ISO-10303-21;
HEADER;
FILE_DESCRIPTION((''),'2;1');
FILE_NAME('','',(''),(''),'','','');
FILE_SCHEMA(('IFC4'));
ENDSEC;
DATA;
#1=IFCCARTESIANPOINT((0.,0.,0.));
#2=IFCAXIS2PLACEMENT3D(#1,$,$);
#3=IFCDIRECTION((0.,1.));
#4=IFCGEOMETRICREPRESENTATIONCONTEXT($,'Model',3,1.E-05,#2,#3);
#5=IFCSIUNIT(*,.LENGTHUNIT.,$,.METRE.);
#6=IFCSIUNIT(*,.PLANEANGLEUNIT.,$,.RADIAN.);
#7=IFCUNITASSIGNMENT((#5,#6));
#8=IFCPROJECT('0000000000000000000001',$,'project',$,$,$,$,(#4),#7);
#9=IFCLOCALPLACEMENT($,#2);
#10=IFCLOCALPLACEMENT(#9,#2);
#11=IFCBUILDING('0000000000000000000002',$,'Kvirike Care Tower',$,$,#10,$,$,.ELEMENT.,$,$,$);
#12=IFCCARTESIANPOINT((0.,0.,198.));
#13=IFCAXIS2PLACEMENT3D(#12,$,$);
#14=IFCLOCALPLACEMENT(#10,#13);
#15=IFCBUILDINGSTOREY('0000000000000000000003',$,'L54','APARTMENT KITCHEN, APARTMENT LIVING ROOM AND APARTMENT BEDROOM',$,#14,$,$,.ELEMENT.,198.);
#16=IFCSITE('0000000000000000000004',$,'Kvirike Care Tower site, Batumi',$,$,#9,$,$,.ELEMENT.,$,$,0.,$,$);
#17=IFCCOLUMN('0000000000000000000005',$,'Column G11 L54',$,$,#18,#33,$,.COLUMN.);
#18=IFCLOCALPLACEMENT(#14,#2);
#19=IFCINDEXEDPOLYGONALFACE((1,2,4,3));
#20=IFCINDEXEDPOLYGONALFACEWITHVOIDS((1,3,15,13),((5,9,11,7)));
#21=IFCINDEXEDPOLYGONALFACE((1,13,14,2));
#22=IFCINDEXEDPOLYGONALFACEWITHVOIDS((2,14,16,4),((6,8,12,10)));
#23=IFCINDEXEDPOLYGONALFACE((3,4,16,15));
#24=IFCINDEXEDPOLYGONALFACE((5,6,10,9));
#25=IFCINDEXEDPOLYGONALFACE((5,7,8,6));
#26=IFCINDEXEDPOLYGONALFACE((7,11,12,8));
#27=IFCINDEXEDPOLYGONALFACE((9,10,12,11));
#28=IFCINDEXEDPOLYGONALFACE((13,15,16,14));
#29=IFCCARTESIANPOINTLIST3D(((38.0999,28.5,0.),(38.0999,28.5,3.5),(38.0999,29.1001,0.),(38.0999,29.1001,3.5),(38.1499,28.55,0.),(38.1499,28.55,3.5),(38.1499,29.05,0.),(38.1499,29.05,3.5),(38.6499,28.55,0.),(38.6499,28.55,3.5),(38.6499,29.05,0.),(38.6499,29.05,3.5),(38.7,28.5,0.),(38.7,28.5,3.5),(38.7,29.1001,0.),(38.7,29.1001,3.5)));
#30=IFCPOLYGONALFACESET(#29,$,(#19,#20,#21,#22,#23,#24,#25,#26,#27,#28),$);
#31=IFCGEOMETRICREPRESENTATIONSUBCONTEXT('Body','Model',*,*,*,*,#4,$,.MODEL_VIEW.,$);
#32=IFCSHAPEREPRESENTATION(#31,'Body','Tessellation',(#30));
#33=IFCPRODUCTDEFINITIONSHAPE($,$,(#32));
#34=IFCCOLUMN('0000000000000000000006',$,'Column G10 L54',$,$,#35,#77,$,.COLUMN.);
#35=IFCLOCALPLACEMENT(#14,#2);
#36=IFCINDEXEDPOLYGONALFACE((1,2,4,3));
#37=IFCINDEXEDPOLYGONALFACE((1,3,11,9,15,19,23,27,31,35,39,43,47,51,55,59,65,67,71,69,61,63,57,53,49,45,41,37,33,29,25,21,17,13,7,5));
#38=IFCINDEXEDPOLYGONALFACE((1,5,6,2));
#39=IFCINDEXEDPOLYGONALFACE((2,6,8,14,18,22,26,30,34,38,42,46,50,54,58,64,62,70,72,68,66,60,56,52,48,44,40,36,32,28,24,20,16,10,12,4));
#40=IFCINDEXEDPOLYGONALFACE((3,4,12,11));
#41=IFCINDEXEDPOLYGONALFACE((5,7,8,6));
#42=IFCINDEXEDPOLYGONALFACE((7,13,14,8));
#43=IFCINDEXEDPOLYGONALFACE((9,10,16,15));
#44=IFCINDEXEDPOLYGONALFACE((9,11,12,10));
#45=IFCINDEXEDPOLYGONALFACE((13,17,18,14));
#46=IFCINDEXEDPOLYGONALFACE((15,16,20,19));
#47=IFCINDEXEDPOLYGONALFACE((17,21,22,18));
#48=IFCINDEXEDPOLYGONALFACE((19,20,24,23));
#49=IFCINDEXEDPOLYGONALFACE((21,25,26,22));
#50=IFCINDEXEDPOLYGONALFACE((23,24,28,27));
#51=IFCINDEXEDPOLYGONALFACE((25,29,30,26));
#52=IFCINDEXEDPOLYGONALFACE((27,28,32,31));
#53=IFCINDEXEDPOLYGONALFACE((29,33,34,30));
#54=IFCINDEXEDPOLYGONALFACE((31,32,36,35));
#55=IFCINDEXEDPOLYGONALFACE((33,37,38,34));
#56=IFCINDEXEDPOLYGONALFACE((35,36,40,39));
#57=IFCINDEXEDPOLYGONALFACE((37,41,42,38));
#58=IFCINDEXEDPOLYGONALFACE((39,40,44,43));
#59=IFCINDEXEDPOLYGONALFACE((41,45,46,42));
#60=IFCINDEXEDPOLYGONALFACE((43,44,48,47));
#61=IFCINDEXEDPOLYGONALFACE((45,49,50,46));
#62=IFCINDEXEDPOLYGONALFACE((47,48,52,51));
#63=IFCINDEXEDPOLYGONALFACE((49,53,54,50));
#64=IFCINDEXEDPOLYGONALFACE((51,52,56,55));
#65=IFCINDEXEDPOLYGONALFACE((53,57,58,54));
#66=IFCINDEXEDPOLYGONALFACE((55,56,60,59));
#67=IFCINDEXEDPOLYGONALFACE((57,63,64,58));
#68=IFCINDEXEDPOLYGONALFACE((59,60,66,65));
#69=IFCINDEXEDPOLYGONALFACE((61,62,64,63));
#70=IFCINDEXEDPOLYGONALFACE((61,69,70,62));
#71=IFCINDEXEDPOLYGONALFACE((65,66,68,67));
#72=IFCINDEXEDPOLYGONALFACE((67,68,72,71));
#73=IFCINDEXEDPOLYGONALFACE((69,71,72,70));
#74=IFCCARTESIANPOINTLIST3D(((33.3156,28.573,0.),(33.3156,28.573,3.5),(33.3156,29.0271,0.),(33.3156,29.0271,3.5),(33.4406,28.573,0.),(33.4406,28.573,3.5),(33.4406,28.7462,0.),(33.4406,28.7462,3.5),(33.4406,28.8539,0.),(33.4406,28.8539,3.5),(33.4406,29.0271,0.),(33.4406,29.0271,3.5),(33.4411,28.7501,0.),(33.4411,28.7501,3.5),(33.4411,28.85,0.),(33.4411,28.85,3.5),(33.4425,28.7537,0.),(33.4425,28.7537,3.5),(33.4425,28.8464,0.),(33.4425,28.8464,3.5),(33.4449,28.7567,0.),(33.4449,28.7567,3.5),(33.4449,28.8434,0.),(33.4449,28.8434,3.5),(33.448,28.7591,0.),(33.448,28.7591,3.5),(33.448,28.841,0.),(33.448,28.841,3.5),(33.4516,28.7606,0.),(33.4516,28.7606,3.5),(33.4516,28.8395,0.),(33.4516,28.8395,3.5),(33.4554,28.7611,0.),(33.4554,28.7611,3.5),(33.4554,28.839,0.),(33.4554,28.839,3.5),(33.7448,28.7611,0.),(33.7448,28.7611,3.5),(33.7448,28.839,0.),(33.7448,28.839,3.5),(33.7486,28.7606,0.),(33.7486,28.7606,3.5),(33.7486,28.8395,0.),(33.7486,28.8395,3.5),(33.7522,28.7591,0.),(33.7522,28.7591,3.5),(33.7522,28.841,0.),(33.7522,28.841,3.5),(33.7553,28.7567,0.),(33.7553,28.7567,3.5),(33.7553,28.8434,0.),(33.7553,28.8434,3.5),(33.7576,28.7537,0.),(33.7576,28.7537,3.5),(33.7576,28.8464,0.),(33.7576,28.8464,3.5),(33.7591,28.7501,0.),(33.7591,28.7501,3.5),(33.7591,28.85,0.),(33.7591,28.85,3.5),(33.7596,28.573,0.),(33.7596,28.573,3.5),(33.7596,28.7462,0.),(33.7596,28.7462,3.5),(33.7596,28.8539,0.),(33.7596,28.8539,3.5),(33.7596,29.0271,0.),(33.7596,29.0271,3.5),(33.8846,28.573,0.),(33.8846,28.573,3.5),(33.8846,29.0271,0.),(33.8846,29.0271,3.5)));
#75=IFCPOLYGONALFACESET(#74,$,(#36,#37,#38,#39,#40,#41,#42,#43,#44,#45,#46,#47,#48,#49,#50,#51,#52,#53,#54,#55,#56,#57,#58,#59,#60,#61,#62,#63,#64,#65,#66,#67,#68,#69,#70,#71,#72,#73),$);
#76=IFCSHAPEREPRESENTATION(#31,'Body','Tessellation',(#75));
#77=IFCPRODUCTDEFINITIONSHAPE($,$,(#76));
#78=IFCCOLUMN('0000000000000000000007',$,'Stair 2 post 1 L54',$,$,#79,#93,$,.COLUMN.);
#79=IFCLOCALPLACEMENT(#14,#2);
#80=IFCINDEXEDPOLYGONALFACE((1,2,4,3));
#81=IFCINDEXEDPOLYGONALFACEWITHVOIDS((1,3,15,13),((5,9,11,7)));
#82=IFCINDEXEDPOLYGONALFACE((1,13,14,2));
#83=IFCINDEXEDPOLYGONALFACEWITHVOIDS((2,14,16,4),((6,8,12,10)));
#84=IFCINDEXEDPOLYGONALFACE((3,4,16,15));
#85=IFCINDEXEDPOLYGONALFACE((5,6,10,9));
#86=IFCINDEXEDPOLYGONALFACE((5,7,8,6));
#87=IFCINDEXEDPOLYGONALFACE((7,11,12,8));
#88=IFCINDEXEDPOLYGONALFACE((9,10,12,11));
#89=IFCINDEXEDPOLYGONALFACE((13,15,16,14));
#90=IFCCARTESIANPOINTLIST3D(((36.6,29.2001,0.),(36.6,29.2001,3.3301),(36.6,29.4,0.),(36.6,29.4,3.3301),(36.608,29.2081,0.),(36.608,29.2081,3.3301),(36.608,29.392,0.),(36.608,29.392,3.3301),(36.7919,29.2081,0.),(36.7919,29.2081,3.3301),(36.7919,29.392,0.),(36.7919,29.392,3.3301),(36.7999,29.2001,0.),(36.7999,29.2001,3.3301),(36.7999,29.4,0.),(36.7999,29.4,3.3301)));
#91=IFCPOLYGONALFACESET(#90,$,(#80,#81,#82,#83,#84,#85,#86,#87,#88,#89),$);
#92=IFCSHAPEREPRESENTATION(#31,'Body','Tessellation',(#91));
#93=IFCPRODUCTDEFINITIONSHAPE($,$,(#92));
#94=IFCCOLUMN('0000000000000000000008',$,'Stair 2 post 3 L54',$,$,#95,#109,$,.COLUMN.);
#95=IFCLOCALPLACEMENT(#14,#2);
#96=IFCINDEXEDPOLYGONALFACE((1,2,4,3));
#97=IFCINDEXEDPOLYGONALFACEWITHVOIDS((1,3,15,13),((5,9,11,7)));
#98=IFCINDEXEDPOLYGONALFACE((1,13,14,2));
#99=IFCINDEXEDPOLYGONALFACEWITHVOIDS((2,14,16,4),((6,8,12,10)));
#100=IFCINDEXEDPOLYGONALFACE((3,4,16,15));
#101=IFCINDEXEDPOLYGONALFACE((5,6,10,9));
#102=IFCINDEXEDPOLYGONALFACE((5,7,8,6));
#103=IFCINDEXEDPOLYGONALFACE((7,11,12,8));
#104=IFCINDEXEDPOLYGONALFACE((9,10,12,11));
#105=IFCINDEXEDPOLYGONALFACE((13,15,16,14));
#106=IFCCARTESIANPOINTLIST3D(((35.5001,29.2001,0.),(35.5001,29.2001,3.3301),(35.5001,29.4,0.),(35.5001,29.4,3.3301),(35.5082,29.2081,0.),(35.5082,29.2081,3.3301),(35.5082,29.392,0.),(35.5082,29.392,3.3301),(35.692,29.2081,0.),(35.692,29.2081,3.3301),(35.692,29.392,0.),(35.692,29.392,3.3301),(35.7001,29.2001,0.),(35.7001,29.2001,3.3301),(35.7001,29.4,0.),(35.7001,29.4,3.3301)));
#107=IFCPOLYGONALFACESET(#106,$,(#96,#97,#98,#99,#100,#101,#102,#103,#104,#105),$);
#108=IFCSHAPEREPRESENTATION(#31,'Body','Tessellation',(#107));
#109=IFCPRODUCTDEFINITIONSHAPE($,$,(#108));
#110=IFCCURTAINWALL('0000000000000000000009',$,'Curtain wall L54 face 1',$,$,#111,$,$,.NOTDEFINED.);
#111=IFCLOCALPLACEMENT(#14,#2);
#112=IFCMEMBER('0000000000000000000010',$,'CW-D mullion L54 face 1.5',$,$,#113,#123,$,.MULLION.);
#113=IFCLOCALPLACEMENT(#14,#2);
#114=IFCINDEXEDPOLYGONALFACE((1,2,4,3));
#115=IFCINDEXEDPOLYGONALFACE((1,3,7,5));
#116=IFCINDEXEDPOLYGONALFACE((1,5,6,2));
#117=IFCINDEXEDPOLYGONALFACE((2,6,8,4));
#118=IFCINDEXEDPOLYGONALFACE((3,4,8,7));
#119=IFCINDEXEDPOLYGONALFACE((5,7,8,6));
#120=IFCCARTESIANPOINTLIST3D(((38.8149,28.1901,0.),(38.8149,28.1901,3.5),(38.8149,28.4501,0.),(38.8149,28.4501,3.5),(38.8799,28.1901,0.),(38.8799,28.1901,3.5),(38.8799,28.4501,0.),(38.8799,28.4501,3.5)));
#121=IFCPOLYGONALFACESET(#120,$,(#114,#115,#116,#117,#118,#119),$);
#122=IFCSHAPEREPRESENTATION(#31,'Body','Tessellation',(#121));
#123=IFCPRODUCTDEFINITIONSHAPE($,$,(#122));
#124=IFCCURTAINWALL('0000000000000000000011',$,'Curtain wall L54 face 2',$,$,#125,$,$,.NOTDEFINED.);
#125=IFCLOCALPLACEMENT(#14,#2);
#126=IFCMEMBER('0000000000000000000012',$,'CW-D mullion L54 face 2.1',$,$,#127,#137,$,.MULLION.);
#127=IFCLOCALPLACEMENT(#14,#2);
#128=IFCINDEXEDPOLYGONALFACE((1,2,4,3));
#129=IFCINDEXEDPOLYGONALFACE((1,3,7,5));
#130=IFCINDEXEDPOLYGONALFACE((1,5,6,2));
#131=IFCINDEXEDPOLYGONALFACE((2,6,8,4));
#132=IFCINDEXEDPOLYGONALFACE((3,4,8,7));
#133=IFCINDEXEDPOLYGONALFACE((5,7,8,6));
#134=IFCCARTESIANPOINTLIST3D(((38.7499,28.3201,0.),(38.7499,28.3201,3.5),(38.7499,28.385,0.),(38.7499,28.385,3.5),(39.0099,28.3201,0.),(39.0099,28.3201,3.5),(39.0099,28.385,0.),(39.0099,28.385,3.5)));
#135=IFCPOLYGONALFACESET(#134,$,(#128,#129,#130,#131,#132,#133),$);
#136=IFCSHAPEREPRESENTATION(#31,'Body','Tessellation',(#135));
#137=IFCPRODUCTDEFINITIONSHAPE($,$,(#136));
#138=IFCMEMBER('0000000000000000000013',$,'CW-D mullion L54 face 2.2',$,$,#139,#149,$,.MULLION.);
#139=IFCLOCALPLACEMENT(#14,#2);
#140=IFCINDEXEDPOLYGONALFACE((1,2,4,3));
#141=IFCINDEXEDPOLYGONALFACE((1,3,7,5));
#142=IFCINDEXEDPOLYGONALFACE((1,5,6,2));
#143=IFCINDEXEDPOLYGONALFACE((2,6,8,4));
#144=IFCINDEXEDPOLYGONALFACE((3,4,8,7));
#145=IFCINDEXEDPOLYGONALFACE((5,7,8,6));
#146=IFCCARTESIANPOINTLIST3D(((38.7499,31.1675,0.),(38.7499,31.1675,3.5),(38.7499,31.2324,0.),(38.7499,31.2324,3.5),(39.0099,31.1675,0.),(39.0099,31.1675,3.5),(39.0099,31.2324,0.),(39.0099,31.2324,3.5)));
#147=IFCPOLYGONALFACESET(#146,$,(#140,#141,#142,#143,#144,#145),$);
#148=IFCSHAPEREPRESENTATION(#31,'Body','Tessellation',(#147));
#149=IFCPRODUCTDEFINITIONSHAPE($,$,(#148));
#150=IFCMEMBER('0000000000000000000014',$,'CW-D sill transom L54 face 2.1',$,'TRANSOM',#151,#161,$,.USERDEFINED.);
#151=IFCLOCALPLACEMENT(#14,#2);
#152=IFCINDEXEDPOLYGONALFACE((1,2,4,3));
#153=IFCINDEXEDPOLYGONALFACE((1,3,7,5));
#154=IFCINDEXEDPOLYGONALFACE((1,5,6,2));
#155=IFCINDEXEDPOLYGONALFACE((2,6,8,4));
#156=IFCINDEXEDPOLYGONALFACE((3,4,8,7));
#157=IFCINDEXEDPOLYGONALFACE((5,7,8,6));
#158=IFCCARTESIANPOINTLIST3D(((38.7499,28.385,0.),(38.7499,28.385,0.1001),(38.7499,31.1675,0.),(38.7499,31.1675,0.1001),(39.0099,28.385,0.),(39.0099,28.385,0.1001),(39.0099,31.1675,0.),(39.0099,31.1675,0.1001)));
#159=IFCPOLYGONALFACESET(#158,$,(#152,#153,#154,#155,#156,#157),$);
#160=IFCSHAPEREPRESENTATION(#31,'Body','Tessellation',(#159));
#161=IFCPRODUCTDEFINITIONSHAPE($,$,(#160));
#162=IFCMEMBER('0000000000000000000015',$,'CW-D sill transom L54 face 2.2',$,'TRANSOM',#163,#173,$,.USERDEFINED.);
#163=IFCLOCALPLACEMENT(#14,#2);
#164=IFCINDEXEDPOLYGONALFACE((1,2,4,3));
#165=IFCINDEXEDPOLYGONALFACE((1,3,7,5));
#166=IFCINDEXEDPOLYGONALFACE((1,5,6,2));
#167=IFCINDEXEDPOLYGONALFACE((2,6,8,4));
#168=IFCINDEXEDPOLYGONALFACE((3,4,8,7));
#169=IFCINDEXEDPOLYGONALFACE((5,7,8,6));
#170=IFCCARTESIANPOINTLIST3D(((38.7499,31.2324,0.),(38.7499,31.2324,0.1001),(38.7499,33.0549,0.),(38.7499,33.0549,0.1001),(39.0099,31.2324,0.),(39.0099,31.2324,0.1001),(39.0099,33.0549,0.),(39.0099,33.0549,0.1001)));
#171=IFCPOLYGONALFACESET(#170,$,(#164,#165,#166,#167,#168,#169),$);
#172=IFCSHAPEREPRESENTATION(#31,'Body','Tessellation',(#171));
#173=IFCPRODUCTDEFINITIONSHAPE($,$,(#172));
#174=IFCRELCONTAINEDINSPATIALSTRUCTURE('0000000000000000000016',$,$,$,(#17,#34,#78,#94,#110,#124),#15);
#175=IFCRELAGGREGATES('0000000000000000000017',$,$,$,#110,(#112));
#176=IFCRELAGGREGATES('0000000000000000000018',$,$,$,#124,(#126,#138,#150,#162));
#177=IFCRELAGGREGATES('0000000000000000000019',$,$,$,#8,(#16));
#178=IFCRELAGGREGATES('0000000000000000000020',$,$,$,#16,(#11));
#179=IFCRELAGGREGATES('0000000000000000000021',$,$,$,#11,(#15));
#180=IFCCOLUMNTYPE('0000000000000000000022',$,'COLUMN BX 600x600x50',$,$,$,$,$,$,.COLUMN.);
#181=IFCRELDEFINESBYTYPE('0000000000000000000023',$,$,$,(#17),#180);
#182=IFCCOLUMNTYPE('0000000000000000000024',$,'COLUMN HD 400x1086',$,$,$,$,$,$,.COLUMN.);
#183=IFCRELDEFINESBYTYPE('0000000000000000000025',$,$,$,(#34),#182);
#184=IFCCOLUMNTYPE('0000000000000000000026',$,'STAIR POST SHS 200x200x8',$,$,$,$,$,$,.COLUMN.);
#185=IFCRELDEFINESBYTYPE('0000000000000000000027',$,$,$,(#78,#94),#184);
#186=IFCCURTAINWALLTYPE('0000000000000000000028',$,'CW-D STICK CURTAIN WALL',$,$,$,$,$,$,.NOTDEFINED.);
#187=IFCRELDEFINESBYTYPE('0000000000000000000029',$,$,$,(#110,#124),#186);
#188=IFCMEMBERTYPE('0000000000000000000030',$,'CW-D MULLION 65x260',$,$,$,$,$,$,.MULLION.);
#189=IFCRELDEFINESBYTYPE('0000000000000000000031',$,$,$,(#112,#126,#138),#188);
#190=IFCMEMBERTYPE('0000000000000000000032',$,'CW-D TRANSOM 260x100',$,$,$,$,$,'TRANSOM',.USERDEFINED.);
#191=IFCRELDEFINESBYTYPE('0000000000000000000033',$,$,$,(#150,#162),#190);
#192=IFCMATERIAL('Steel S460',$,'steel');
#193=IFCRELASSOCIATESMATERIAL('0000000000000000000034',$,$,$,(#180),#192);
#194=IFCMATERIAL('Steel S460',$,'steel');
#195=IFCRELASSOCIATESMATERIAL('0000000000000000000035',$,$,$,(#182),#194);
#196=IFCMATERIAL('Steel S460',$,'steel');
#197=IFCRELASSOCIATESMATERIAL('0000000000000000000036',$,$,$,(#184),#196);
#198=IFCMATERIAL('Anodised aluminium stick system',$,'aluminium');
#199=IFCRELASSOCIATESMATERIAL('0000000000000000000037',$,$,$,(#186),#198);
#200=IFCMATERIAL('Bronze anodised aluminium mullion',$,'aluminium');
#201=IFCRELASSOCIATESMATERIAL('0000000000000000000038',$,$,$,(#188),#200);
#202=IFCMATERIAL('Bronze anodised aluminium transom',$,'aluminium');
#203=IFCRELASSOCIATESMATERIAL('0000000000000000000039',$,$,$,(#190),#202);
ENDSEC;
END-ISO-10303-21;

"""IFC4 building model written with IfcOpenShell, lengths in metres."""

from ifc_helpers import new_model, si_unit, direction, frame, origin, origin_2d, place, context, subcontext, project, spatial, rectangle, hollow_rectangle, i_section, extrude, material, material_profile, profile_set, type_object, element, aggregate, save


model = new_model("IFC4")

# Units and contexts
model_context = context("Model", 3, precision=1e-05, world=origin(), true_north=direction((0.0, 1.0)))
body_context = subcontext(model_context, "Body", "Model", "MODEL_VIEW")
ifc_project = project(units=[si_unit("LENGTHUNIT", "METRE"), si_unit("PLANEANGLEUNIT", "RADIAN")], contexts=[model_context])

# Site, building, storey
site_placement = place(None, origin())
site = spatial("IfcSite", under=ifc_project, at=site_placement, Name="Kvirike Care Tower site, Batumi", CompositionType="ELEMENT", RefElevation=0.0)
building_placement = place(site_placement, origin())
building = spatial("IfcBuilding", under=site, at=building_placement, Name="Kvirike Care Tower", CompositionType="ELEMENT")
storey_placement = place(building_placement, frame((0.0, 0.0, 198.0)))
storey = spatial("IfcBuildingStorey", under=building, at=storey_placement, Name="L54", Description="APARTMENT KITCHEN, APARTMENT LIVING ROOM AND APARTMENT BEDROOM", CompositionType="ELEMENT", Elevation=198.0)

# Columns
ifc_material_1 = material(Name="Steel S460", Category="steel")
ifc_material_profile_1 = material_profile(ifc_material_1, hollow_rectangle(XDim=0.6001, YDim=0.6001, WallThickness=0.05, at=origin_2d()), Name="BX 600x600x50")
ifc_profile_set_1 = profile_set([ifc_material_profile_1], Name="Steel S460")
column_type_1 = type_object("IfcColumnType", Name="COLUMN BX 600x600x50", PredefinedType="COLUMN", material=ifc_profile_set_1)
column_1_placement = place(storey_placement, frame((38.3999, 28.8, 0.0), z_axis=(0.0, 0.0, 1.0), x_axis=(0.0, 1.0, 0.0)))
element("IfcColumn", 1, at=column_1_placement, inside=storey, type_object=column_type_1, Name="Column G11 L54", PredefinedType="COLUMN", context=body_context, shape_type="SweptSolid", body=[
    extrude(hollow_rectangle(XDim=0.6001, YDim=0.6001, WallThickness=0.05, at=origin_2d()), origin(), (0.0, 0.0, 1.0), 3.5),
])
ifc_material_2 = material(Name="Steel S460", Category="steel")
ifc_material_profile_2 = material_profile(ifc_material_2, i_section(OverallWidth=0.4541, OverallDepth=0.5691, WebThickness=0.0779, FlangeThickness=0.125, FilletRadius=0.0149, at=origin_2d()), Name="HD 400x1086")
ifc_profile_set_2 = profile_set([ifc_material_profile_2], Name="Steel S460")
column_type_2 = type_object("IfcColumnType", Name="COLUMN HD 400x1086", PredefinedType="COLUMN", material=ifc_profile_set_2)
column_2_placement = place(storey_placement, frame((33.6001, 28.8, 0.0), z_axis=(0.0, 0.0, 1.0), x_axis=(0.0, 1.0, 0.0)))
element("IfcColumn", 2, at=column_2_placement, inside=storey, type_object=column_type_2, Name="Column G10 L54", PredefinedType="COLUMN", context=body_context, shape_type="SweptSolid", body=[
    extrude(i_section(OverallWidth=0.4541, OverallDepth=0.5691, WebThickness=0.0779, FlangeThickness=0.125, FilletRadius=0.0149, at=origin_2d()), origin(), (0.0, 0.0, 1.0), 3.5),
])
ifc_material_3 = material(Name="Steel S460", Category="steel")
ifc_material_profile_3 = material_profile(ifc_material_3, hollow_rectangle(XDim=0.2, YDim=0.2, WallThickness=0.0081, at=origin_2d()), Name="SHS 200x200x8")
ifc_profile_set_3 = profile_set([ifc_material_profile_3], Name="Steel S460")
column_type_3 = type_object("IfcColumnType", Name="STAIR POST SHS 200x200x8", PredefinedType="COLUMN", material=ifc_profile_set_3)
for number, where, z_axis, x_axis, name in (
    (3, (36.7, 29.3, 0.0), (0.0, 0.0, 1.0), (1.0, 0.0, 0.0), "Stair 2 post 1 L54"),
    (4, (35.6001, 29.3, 0.0), (0.0, 0.0, 1.0), (1.0, 0.0, 0.0), "Stair 2 post 3 L54"),
):
    element("IfcColumn", number, at=place(storey_placement, frame(where, z_axis=z_axis, x_axis=x_axis)), inside=storey, type_object=column_type_3, Name=name, PredefinedType="COLUMN", context=body_context, shape_type="SweptSolid", body=[
        extrude(hollow_rectangle(XDim=0.2, YDim=0.2, WallThickness=0.0081, at=origin_2d()), origin(), (0.0, 0.0, 1.0), 3.3301),
    ])

# Curtain wall, member
ifc_material_4 = material(Name="Anodised aluminium stick system", Category="aluminium")
curtain_wall_type = type_object("IfcCurtainWallType", Name="CW-D STICK CURTAIN WALL", PredefinedType="NOTDEFINED", material=ifc_material_4)
curtain_wall_1_placement = place(storey_placement, origin())
curtain_wall_1 = element("IfcCurtainWall", 5, at=curtain_wall_1_placement, inside=storey, type_object=curtain_wall_type, Name="Curtain wall L54 face 1", PredefinedType="NOTDEFINED")
ifc_material_5 = material(Name="Bronze anodised aluminium mullion", Category="aluminium")
ifc_material_profile_4 = material_profile(ifc_material_5, rectangle(XDim=0.0649, YDim=0.26, at=origin_2d()), Name="CW-D MULLION 65x260")
ifc_profile_set_4 = profile_set([ifc_material_profile_4], Name="Bronze anodised aluminium mullion")
member_type_1 = type_object("IfcMemberType", Name="CW-D MULLION 65x260", PredefinedType="MULLION", material=ifc_profile_set_4)
member_1_placement = place(storey_placement, frame((38.8474, 28.3201, 0.0), z_axis=(0.0, 0.0, 1.0), x_axis=(1.0, 0.0, 0.0)))
member_1 = element("IfcMember", 6, at=member_1_placement, type_object=member_type_1, Name="CW-D mullion L54 face 1.5", PredefinedType="MULLION", context=body_context, shape_type="SweptSolid", body=[
    extrude(rectangle(XDim=0.0649, YDim=0.26, at=origin_2d()), origin(), (0.0, 0.0, 1.0), 3.5),
])

# Curtain wall, members
curtain_wall_2_placement = place(storey_placement, origin())
curtain_wall_2 = element("IfcCurtainWall", 7, at=curtain_wall_2_placement, inside=storey, type_object=curtain_wall_type, Name="Curtain wall L54 face 2", PredefinedType="NOTDEFINED")
member_2_placement = place(storey_placement, frame((38.8799, 28.3525, 0.0), z_axis=(0.0, 0.0, 1.0), x_axis=(0.0, 1.0, 0.0)))
member_2 = element("IfcMember", 8, at=member_2_placement, type_object=member_type_1, Name="CW-D mullion L54 face 2.1", PredefinedType="MULLION", context=body_context, shape_type="SweptSolid", body=[
    extrude(rectangle(XDim=0.0649, YDim=0.26, at=origin_2d()), origin(), (0.0, 0.0, 1.0), 3.5),
])
member_3_placement = place(storey_placement, frame((38.8799, 31.2, 0.0), z_axis=(0.0, 0.0, 1.0), x_axis=(0.0, 1.0, 0.0)))
member_3 = element("IfcMember", 9, at=member_3_placement, type_object=member_type_1, Name="CW-D mullion L54 face 2.2", PredefinedType="MULLION", context=body_context, shape_type="SweptSolid", body=[
    extrude(rectangle(XDim=0.0649, YDim=0.26, at=origin_2d()), origin(), (0.0, 0.0, 1.0), 3.5),
])
ifc_material_6 = material(Name="Bronze anodised aluminium transom", Category="aluminium")
ifc_material_profile_5 = material_profile(ifc_material_6, rectangle(XDim=0.26, YDim=0.1001, at=origin_2d()), Name="CW-D TRANSOM 260x100")
ifc_profile_set_5 = profile_set([ifc_material_profile_5], Name="Bronze anodised aluminium transom")
member_type_2 = type_object("IfcMemberType", Name="CW-D TRANSOM 260x100", ElementType="TRANSOM", PredefinedType="USERDEFINED", material=ifc_profile_set_5)
member_4_placement = place(storey_placement, frame((38.8799, 28.385, 0.05), z_axis=(0.0, 1.0, 0.0), x_axis=(-1.0, 0.0, 0.0)))
member_4 = element("IfcMember", 10, at=member_4_placement, type_object=member_type_2, Name="CW-D sill transom L54 face 2.1", ObjectType="TRANSOM", PredefinedType="USERDEFINED", context=body_context, shape_type="SweptSolid", body=[
    extrude(rectangle(XDim=0.26, YDim=0.1001, at=origin_2d()), origin(), (0.0, 0.0, 1.0), 2.7825),
])
member_5_placement = place(storey_placement, frame((38.8799, 31.2324, 0.05), z_axis=(0.0, 1.0, 0.0), x_axis=(-1.0, 0.0, 0.0)))
member_5 = element("IfcMember", 11, at=member_5_placement, type_object=member_type_2, Name="CW-D sill transom L54 face 2.2", ObjectType="TRANSOM", PredefinedType="USERDEFINED", context=body_context, shape_type="SweptSolid", body=[
    extrude(rectangle(XDim=0.26, YDim=0.1001, at=origin_2d()), origin(), (0.0, 0.0, 1.0), 1.8225),
])

aggregate(curtain_wall_1, [member_1])
aggregate(curtain_wall_2, [member_2, member_3, member_4, member_5])

save(model, "model.ifc")
